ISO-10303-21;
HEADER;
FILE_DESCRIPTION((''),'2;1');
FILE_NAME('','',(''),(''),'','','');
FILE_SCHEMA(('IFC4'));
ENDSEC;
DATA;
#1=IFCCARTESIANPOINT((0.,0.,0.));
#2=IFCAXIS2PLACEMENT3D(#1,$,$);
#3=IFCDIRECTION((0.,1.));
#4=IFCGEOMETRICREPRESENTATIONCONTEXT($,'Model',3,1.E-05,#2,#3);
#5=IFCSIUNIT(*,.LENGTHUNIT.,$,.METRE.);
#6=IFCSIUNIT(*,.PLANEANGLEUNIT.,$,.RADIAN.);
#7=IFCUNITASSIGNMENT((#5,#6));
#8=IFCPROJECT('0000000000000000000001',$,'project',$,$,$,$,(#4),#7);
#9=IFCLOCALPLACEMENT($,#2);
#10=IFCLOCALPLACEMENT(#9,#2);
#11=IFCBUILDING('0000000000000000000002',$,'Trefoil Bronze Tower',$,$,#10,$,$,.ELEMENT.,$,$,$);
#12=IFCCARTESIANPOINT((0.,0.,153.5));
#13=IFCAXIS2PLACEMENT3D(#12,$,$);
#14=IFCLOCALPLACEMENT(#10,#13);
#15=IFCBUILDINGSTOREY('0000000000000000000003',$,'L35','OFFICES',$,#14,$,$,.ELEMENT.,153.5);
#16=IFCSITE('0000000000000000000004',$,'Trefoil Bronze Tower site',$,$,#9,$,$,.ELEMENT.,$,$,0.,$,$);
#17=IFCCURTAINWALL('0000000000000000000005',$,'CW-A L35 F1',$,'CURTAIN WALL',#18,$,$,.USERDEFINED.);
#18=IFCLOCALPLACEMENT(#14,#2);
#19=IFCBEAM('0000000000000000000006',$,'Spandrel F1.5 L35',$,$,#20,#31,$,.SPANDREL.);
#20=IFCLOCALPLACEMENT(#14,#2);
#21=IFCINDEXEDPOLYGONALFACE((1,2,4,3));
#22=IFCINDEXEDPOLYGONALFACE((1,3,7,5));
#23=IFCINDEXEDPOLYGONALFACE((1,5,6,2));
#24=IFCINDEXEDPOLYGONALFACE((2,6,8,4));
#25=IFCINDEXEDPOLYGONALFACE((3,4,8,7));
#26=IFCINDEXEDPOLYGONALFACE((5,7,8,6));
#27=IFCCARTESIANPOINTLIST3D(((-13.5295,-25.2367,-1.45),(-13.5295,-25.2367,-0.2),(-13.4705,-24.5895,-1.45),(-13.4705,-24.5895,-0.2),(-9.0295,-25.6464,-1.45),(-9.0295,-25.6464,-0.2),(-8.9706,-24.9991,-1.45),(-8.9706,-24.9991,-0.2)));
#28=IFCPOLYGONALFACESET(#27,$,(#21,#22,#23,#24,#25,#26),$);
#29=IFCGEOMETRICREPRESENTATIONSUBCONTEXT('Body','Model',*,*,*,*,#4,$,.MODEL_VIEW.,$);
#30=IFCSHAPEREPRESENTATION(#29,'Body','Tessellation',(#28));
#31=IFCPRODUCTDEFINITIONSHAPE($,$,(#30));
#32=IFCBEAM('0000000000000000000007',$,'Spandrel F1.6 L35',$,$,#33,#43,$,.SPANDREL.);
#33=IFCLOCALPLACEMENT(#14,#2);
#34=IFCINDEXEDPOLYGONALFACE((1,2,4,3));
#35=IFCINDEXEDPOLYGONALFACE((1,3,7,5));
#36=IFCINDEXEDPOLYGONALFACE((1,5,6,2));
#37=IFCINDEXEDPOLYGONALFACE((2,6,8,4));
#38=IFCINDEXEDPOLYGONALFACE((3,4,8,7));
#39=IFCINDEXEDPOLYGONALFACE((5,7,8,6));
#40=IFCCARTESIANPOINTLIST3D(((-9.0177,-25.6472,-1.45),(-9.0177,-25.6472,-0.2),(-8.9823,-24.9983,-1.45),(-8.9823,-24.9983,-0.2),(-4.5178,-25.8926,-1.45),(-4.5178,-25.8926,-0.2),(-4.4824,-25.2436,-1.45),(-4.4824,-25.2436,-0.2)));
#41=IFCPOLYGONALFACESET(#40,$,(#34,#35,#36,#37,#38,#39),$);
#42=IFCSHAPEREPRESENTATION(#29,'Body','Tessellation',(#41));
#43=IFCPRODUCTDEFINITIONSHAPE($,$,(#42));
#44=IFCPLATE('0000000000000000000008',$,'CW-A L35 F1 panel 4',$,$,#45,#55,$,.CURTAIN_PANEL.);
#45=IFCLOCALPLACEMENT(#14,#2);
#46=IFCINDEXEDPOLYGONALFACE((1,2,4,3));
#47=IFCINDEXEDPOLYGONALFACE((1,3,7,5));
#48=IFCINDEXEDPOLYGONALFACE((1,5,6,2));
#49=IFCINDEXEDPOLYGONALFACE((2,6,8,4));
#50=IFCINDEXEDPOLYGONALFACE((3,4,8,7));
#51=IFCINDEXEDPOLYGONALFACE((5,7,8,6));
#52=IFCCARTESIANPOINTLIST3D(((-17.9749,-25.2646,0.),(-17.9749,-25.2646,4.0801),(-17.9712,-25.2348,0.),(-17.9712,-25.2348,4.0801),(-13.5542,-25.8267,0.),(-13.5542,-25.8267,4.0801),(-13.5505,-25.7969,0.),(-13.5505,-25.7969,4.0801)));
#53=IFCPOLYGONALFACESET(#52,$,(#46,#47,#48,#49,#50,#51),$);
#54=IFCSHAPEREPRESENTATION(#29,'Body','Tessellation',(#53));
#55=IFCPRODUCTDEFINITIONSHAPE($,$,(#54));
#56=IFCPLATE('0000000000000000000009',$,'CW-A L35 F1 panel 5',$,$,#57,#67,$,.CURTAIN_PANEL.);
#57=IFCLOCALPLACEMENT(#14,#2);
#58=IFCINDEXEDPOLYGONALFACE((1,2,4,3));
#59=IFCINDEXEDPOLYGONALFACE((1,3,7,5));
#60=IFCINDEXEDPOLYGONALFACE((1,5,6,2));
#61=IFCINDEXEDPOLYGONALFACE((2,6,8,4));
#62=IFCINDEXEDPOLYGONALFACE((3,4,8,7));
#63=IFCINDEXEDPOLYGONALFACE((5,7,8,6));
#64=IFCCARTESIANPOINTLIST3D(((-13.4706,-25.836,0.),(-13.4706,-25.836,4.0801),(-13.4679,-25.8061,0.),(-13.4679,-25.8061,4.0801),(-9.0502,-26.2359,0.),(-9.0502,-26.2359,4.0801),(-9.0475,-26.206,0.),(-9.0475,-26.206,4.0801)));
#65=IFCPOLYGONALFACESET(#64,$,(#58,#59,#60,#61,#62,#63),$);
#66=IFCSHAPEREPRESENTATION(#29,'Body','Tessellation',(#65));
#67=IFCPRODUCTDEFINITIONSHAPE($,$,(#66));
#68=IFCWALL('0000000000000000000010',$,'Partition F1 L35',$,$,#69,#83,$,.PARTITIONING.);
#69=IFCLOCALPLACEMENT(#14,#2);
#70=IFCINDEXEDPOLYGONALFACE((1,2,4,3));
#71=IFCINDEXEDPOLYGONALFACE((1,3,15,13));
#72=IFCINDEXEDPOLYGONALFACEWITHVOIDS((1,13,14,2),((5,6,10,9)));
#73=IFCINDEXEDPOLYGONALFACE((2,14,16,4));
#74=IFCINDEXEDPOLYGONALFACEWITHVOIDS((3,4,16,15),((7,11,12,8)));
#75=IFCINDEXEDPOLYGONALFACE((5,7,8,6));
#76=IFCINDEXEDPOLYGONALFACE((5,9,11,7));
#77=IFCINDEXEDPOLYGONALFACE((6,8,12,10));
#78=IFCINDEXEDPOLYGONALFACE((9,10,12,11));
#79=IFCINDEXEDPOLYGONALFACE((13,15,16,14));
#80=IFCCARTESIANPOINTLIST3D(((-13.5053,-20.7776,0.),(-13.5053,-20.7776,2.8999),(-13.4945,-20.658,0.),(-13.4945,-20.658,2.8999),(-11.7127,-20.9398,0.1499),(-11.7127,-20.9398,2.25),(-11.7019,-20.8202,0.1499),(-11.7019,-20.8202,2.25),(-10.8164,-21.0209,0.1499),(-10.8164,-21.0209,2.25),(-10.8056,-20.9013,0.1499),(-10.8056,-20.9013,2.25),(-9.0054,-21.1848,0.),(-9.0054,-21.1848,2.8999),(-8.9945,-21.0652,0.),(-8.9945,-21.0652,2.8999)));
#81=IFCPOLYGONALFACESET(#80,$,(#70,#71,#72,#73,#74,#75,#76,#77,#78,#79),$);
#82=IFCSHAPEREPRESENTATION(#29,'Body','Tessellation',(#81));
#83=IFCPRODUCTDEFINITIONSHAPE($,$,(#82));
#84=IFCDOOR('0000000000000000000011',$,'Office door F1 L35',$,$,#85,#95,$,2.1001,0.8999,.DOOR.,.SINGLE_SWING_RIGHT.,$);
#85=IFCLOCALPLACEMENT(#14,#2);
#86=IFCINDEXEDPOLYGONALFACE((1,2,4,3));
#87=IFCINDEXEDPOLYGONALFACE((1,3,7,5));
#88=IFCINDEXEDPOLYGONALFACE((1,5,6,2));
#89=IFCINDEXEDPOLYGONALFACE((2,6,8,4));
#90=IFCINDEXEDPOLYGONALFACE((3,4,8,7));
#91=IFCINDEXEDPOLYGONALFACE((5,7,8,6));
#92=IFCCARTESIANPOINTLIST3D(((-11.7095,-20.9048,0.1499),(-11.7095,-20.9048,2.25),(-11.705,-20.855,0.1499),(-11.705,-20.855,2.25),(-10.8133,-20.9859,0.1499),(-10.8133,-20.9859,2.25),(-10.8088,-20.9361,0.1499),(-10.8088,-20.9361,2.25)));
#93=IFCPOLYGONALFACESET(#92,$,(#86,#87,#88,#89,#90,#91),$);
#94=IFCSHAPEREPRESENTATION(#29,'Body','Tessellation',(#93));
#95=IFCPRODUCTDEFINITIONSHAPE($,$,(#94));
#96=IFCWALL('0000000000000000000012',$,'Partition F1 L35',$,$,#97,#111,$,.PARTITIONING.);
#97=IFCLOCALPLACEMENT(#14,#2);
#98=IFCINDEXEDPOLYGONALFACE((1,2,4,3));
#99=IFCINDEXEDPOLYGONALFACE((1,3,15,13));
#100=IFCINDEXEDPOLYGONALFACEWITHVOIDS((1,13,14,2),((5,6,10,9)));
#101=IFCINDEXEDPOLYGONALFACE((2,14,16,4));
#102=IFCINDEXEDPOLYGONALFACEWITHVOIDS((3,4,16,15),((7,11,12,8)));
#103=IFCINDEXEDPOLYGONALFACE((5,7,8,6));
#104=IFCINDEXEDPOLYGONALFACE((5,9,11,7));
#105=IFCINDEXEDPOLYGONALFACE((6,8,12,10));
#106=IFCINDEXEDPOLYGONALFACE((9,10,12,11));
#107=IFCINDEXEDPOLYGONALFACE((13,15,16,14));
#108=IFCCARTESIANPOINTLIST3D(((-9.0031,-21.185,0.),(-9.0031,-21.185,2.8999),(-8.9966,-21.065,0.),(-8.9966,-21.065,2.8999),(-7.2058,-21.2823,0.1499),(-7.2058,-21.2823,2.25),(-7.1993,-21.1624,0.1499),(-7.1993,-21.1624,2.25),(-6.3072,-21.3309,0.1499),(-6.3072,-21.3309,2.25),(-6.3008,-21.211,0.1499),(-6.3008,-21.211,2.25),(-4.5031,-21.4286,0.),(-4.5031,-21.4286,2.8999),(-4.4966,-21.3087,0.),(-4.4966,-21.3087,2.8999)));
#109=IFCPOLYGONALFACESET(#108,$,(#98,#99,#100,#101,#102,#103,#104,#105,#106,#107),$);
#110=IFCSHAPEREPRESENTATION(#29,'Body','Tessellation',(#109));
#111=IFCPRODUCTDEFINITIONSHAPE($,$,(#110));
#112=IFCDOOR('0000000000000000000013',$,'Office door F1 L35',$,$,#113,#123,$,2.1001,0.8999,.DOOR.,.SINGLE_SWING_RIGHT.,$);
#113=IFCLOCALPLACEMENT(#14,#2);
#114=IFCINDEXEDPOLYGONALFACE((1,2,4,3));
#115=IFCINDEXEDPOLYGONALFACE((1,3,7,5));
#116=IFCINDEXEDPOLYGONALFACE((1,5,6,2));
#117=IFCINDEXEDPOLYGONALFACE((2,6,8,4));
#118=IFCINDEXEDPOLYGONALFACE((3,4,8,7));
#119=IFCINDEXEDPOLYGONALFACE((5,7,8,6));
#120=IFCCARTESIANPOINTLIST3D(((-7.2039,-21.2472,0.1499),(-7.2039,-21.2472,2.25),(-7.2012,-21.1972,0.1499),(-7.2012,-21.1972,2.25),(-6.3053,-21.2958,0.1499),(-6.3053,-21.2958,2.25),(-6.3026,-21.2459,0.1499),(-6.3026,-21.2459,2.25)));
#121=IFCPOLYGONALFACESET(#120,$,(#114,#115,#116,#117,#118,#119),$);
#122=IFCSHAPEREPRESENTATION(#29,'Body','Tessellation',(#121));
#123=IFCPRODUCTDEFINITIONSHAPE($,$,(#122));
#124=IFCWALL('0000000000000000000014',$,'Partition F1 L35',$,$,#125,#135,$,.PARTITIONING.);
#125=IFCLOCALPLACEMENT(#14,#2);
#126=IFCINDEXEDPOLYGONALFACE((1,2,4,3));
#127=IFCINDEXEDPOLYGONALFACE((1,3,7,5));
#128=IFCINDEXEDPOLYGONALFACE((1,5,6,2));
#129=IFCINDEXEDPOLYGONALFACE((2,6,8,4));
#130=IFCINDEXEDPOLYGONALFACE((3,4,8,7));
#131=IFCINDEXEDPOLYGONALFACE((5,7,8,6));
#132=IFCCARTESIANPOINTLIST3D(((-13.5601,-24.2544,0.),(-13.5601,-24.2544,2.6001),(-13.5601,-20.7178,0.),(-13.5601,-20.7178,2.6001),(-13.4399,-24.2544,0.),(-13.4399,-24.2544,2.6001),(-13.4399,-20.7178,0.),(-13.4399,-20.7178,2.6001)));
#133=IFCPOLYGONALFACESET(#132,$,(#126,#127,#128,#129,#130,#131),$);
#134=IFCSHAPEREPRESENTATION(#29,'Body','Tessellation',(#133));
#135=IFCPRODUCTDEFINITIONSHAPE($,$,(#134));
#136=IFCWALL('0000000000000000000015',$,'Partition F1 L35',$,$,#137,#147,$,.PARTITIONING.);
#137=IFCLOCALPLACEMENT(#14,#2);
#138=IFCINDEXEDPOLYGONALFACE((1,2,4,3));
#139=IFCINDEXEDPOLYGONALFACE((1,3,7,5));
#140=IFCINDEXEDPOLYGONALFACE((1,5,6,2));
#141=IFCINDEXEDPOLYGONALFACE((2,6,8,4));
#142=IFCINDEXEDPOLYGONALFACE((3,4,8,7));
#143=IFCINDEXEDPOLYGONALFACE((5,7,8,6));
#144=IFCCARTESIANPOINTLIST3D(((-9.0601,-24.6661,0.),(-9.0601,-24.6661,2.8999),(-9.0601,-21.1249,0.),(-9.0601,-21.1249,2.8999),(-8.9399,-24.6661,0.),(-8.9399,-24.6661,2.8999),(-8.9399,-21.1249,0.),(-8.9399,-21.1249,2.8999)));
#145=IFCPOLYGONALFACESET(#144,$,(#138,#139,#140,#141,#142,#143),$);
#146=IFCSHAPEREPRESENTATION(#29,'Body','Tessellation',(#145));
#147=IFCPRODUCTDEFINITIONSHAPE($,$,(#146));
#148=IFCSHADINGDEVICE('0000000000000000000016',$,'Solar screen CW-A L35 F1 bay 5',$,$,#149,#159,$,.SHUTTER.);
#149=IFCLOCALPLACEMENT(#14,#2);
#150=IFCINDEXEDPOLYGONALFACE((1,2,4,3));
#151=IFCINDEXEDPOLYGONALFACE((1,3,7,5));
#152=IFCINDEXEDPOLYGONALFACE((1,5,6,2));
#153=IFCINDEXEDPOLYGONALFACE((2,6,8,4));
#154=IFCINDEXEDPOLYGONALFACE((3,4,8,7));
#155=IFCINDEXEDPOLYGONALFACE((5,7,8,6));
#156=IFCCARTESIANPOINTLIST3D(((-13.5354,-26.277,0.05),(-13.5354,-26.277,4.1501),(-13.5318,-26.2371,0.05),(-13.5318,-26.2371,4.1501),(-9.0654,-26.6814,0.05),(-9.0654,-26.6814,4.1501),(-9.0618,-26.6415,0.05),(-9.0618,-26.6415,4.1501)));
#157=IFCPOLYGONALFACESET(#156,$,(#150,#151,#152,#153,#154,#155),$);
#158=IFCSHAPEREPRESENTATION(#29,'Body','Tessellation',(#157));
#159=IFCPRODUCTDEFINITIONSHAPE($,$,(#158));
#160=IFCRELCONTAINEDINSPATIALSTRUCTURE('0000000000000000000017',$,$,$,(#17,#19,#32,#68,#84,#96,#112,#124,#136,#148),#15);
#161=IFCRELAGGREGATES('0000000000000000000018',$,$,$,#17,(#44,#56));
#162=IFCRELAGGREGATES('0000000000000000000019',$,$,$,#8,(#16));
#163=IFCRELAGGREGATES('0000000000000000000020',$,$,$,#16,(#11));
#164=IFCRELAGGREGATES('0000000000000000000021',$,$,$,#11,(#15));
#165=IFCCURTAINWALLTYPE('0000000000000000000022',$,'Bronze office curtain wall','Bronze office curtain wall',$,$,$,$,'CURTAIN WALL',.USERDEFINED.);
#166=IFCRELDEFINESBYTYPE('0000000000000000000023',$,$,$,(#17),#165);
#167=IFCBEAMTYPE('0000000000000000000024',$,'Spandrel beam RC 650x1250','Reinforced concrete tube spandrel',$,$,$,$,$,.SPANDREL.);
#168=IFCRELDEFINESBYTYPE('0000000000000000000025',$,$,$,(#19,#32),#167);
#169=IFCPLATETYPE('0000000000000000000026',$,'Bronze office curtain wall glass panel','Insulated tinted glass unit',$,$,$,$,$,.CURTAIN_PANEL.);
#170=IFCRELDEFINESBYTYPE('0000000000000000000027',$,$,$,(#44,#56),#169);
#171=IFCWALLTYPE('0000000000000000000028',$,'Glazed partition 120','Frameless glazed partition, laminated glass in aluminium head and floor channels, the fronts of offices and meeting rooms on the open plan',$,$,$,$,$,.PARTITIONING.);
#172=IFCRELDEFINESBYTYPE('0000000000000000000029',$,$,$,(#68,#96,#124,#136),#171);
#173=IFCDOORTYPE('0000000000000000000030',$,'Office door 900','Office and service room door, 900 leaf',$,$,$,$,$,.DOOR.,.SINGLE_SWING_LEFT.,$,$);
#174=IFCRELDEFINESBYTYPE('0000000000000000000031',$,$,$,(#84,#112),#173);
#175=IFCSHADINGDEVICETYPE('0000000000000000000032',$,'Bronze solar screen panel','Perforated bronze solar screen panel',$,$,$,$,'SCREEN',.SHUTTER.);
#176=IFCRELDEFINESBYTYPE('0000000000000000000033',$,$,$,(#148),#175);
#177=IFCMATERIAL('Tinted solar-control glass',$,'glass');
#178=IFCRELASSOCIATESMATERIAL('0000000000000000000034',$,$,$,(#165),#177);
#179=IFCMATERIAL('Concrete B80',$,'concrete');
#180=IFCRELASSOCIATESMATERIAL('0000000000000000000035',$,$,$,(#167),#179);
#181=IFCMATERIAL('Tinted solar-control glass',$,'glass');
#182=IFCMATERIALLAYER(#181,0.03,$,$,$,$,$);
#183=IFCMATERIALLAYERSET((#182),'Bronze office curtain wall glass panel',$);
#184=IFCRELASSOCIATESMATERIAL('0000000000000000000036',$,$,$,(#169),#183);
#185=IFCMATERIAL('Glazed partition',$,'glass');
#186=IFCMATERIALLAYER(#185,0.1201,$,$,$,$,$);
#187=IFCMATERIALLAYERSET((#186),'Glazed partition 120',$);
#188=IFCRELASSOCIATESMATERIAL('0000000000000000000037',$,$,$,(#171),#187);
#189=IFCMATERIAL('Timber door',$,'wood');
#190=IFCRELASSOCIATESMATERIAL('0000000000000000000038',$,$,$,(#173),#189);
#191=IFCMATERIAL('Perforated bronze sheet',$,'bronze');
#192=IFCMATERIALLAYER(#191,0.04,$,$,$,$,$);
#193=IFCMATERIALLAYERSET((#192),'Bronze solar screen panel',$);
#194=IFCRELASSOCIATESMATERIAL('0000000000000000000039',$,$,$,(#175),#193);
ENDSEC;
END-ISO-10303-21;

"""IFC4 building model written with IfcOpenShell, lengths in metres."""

from ifc_helpers import new_model, si_unit, direction, frame, frame_2d, origin, origin_2d, place, context, subcontext, project, spatial, rectangle, extrude, material, layer, layer_set, material_profile, profile_set, type_object, element, fill, aggregate, save


model = new_model("IFC4")

# Units and contexts
model_context = context("Model", 3, precision=1e-05, world=origin(), true_north=direction((0.0, 1.0)))
body_context = subcontext(model_context, "Body", "Model", "MODEL_VIEW")
ifc_project = project(units=[si_unit("LENGTHUNIT", "METRE"), si_unit("PLANEANGLEUNIT", "RADIAN")], contexts=[model_context])

# Site, building, storey
site_placement = place(None, origin())
site = spatial("IfcSite", under=ifc_project, at=site_placement, Name="Trefoil Bronze Tower site", CompositionType="ELEMENT", RefElevation=0.0)
building_placement = place(site_placement, origin())
building = spatial("IfcBuilding", under=site, at=building_placement, Name="Trefoil Bronze Tower", CompositionType="ELEMENT")
storey_placement = place(building_placement, frame((0.0, 0.0, 153.5)))
storey = spatial("IfcBuildingStorey", under=building, at=storey_placement, Name="L35", Description="OFFICES", CompositionType="ELEMENT", Elevation=153.5)

# Curtain wall
ifc_material_1 = material(Name="Tinted solar-control glass", Category="glass")
curtain_wall_type = type_object("IfcCurtainWallType", Name="Bronze office curtain wall", Description="Bronze office curtain wall", ElementType="CURTAIN WALL", PredefinedType="USERDEFINED", material=ifc_material_1)
curtain_wall_placement = place(storey_placement, origin())
curtain_wall = element("IfcCurtainWall", 1, at=curtain_wall_placement, inside=storey, type_object=curtain_wall_type, Name="CW-A L35 F1", ObjectType="CURTAIN WALL", PredefinedType="USERDEFINED")

# Beams
ifc_material_2 = material(Name="Concrete B80", Category="concrete")
ifc_material_profile_1 = material_profile(ifc_material_2, rectangle(XDim=0.6499, YDim=1.25, at=origin_2d()), Name="RC 650x1250")
ifc_profile_set_1 = profile_set([ifc_material_profile_1], Name="Concrete B80")
beam_type_1 = type_object("IfcBeamType", Name="Spandrel beam RC 650x1250", Description="Reinforced concrete tube spandrel", PredefinedType="SPANDREL", material=ifc_profile_set_1)
beam_1_placement = place(storey_placement, frame((-13.5, -24.9131, -0.825), z_axis=(0.995882, -0.090662, 0.0), x_axis=(0.090662, 0.995882, 0.0)))
element("IfcBeam", 2, at=beam_1_placement, inside=storey, type_object=beam_type_1, Name="Spandrel F1.5 L35", PredefinedType="SPANDREL", context=body_context, shape_type="SweptSolid", body=[
    extrude(rectangle(XDim=0.6499, YDim=1.25, at=origin_2d()), origin(), (0.0, 0.0, 1.0), 4.5186),
])
beam_2_placement = place(storey_placement, frame((-9.0, -25.3228, -0.825), z_axis=(0.998517, -0.054444, 0.0), x_axis=(0.054444, 0.998517, 0.0)))
element("IfcBeam", 3, at=beam_2_placement, inside=storey, type_object=beam_type_1, Name="Spandrel F1.6 L35", PredefinedType="SPANDREL", context=body_context, shape_type="SweptSolid", body=[
    extrude(rectangle(XDim=0.6499, YDim=1.25, at=origin_2d()), origin(), (0.0, 0.0, 1.0), 4.5066),
])

# Plates
ifc_material_3 = material(Name="Tinted solar-control glass", Category="glass")
ifc_layer_1 = layer(ifc_material_3, 0.03)
ifc_layer_set_1 = layer_set([ifc_layer_1], Name="Bronze office curtain wall glass panel")
plate_type = type_object("IfcPlateType", Name="Bronze office curtain wall glass panel", Description="Insulated tinted glass unit", PredefinedType="CURTAIN_PANEL", material=ifc_layer_set_1)
plate_1_placement = place(storey_placement, frame((-15.7627, -25.5308, 0.0), z_axis=(0.0, 0.0, 1.0), x_axis=(0.992012, -0.126147, 0.0)))
plate_1 = element("IfcPlate", 4, at=plate_1_placement, type_object=plate_type, Name="CW-A L35 F1 panel 4", PredefinedType="CURTAIN_PANEL", context=body_context, shape_type="SweptSolid", body=[
    extrude(rectangle(XDim=4.4563, YDim=0.03, at=origin_2d()), origin(), (0.0, 0.0, 1.0), 4.0801),
])
plate_2_placement = place(storey_placement, frame((-11.259, -26.021, 0.0), z_axis=(0.0, 0.0, 1.0), x_axis=(0.995932, -0.090105, 0.0)))
plate_2 = element("IfcPlate", 5, at=plate_2_placement, type_object=plate_type, Name="CW-A L35 F1 panel 5", PredefinedType="CURTAIN_PANEL", context=body_context, shape_type="SweptSolid", body=[
    extrude(rectangle(XDim=4.4385, YDim=0.03, at=origin_2d()), origin(), (0.0, 0.0, 1.0), 4.0801),
])
aggregate(curtain_wall, [plate_1, plate_2])

# Walls, openings, doors
ifc_material_4 = material(Name="Glazed partition", Category="glass")
ifc_layer_2 = layer(ifc_material_4, 0.1201)
ifc_layer_set_2 = layer_set([ifc_layer_2], Name="Glazed partition 120")
wall_type = type_object("IfcWallType", Name="Glazed partition 120", Description="Frameless glazed partition, laminated glass in aluminium head and floor channels, the fronts of offices and meeting rooms on the open plan", PredefinedType="PARTITIONING", material=ifc_layer_set_2)
wall_1_placement = place(storey_placement, frame((-13.5, -20.7178, 0.0), z_axis=(0.0, 0.0, 1.0), x_axis=(0.99593, -0.090127, 0.0)))
wall_1 = element("IfcWall", 6, at=wall_1_placement, inside=storey, type_object=wall_type, Name="Partition F1 L35", PredefinedType="PARTITIONING", context=body_context, shape_type="SweptSolid", body=[
    extrude(rectangle(XDim=4.5183, YDim=0.1201, at=frame_2d((2.2593, 0.0))), origin(), (0.0, 0.0, 1.0), 2.8999),
])
opening_1_placement = place(wall_1_placement, frame((1.8, 0.0, 0.1499)))
opening_1 = element("IfcOpeningElement", 7, at=opening_1_placement, cuts=wall_1, PredefinedType="OPENING", context=body_context, shape_type="SweptSolid", body=[
    extrude(rectangle(XDim=0.8999, YDim=2.1001, at=frame_2d((0.45, 1.05))), frame((0.0, 0.0701, 0.0), z_axis=(0.0, -1.0, 0.0), x_axis=(1.0, 0.0, 0.0)), (0.0, 0.0, 1.0), 0.1401),
])
ifc_material_5 = material(Name="Timber door", Category="wood")
door_type = type_object("IfcDoorType", Name="Office door 900", Description="Office and service room door, 900 leaf", OperationType="SINGLE_SWING_LEFT", PredefinedType="DOOR", material=ifc_material_5)
door_1_placement = place(opening_1_placement, frame((0.8999, 0.0, 0.0), z_axis=(0.0, 0.0, 1.0), x_axis=(-1.0, 0.0, 0.0)))
door_1 = element("IfcDoor", 8, at=door_1_placement, inside=storey, type_object=door_type, Name="Office door F1 L35", OperationType="SINGLE_SWING_RIGHT", OverallHeight=2.1001, OverallWidth=0.8999, PredefinedType="DOOR", context=body_context, shape_type="SweptSolid", body=[
    extrude(rectangle(XDim=0.8999, YDim=2.1001, at=frame_2d((0.45, 1.05))), frame((0.0, 0.0249, 0.0), z_axis=(0.0, -1.0, 0.0), x_axis=(1.0, 0.0, 0.0)), (0.0, 0.0, 1.0), 0.05),
])
fill(opening_1, door_1)
wall_2_placement = place(storey_placement, frame((-9.0, -21.125, 0.0), z_axis=(0.0, 0.0, 1.0), x_axis=(0.998537, -0.054066, 0.0)))
wall_2 = element("IfcWall", 9, at=wall_2_placement, inside=storey, type_object=wall_type, Name="Partition F1 L35", PredefinedType="PARTITIONING", context=body_context, shape_type="SweptSolid", body=[
    extrude(rectangle(XDim=4.5066, YDim=0.1201, at=frame_2d((2.2534, 0.0))), origin(), (0.0, 0.0, 1.0), 2.8999),
])
opening_2_placement = place(wall_2_placement, frame((1.8, 0.0, 0.1499)))
opening_2 = element("IfcOpeningElement", 10, at=opening_2_placement, cuts=wall_2, PredefinedType="OPENING", context=body_context, shape_type="SweptSolid", body=[
    extrude(rectangle(XDim=0.8999, YDim=2.1001, at=frame_2d((0.45, 1.05))), frame((0.0, 0.0701, 0.0), z_axis=(0.0, -1.0, 0.0), x_axis=(1.0, 0.0, 0.0)), (0.0, 0.0, 1.0), 0.1401),
])
door_2_placement = place(opening_2_placement, frame((0.8999, 0.0, 0.0), z_axis=(0.0, 0.0, 1.0), x_axis=(-1.0, 0.0, 0.0)))
door_2 = element("IfcDoor", 11, at=door_2_placement, inside=storey, type_object=door_type, Name="Office door F1 L35", OperationType="SINGLE_SWING_RIGHT", OverallHeight=2.1001, OverallWidth=0.8999, PredefinedType="DOOR", context=body_context, shape_type="SweptSolid", body=[
    extrude(rectangle(XDim=0.8999, YDim=2.1001, at=frame_2d((0.45, 1.05))), frame((0.0, 0.0249, 0.0), z_axis=(0.0, -1.0, 0.0), x_axis=(1.0, 0.0, 0.0)), (0.0, 0.0, 1.0), 0.05),
])
fill(opening_2, door_2)

# Walls
wall_3_placement = place(storey_placement, frame((-13.5, -20.7178, 0.0), z_axis=(0.0, 0.0, 1.0), x_axis=(0.0, -1.0, 0.0)))
element("IfcWall", 12, at=wall_3_placement, inside=storey, type_object=wall_type, Name="Partition F1 L35", PredefinedType="PARTITIONING", context=body_context, shape_type="SweptSolid", body=[
    extrude(rectangle(XDim=3.5366, YDim=0.1201, at=frame_2d((1.7683, 0.0))), origin(), (0.0, 0.0, 1.0), 2.6001),
])
wall_4_placement = place(storey_placement, frame((-9.0, -21.125, 0.0), z_axis=(0.0, 0.0, 1.0), x_axis=(0.0, -1.0, 0.0)))
element("IfcWall", 13, at=wall_4_placement, inside=storey, type_object=wall_type, Name="Partition F1 L35", PredefinedType="PARTITIONING", context=body_context, shape_type="SweptSolid", body=[
    extrude(rectangle(XDim=3.5413, YDim=0.1201, at=frame_2d((1.7705, 0.0))), origin(), (0.0, 0.0, 1.0), 2.8999),
])

# Shading device
ifc_material_6 = material(Name="Perforated bronze sheet", Category="bronze")
ifc_layer_3 = layer(ifc_material_6, 0.04)
ifc_layer_set_3 = layer_set([ifc_layer_3], Name="Bronze solar screen panel")
shading_device_type = type_object("IfcShadingDeviceType", Name="Bronze solar screen panel", Description="Perforated bronze solar screen panel", ElementType="SCREEN", PredefinedType="SHUTTER", material=ifc_layer_set_3)
shading_device_placement = place(storey_placement, frame((-11.2986, -26.4592, 0.05), z_axis=(0.0, 0.0, 1.0), x_axis=(0.995932, -0.090105, 0.0)))
element("IfcShadingDevice", 14, at=shading_device_placement, inside=storey, type_object=shading_device_type, Name="Solar screen CW-A L35 F1 bay 5", PredefinedType="SHUTTER", context=body_context, shape_type="SweptSolid", body=[
    extrude(rectangle(XDim=4.4883, YDim=0.04, at=origin_2d()), origin(), (0.0, 0.0, 1.0), 4.1001),
])

save(model, "model.ifc")
